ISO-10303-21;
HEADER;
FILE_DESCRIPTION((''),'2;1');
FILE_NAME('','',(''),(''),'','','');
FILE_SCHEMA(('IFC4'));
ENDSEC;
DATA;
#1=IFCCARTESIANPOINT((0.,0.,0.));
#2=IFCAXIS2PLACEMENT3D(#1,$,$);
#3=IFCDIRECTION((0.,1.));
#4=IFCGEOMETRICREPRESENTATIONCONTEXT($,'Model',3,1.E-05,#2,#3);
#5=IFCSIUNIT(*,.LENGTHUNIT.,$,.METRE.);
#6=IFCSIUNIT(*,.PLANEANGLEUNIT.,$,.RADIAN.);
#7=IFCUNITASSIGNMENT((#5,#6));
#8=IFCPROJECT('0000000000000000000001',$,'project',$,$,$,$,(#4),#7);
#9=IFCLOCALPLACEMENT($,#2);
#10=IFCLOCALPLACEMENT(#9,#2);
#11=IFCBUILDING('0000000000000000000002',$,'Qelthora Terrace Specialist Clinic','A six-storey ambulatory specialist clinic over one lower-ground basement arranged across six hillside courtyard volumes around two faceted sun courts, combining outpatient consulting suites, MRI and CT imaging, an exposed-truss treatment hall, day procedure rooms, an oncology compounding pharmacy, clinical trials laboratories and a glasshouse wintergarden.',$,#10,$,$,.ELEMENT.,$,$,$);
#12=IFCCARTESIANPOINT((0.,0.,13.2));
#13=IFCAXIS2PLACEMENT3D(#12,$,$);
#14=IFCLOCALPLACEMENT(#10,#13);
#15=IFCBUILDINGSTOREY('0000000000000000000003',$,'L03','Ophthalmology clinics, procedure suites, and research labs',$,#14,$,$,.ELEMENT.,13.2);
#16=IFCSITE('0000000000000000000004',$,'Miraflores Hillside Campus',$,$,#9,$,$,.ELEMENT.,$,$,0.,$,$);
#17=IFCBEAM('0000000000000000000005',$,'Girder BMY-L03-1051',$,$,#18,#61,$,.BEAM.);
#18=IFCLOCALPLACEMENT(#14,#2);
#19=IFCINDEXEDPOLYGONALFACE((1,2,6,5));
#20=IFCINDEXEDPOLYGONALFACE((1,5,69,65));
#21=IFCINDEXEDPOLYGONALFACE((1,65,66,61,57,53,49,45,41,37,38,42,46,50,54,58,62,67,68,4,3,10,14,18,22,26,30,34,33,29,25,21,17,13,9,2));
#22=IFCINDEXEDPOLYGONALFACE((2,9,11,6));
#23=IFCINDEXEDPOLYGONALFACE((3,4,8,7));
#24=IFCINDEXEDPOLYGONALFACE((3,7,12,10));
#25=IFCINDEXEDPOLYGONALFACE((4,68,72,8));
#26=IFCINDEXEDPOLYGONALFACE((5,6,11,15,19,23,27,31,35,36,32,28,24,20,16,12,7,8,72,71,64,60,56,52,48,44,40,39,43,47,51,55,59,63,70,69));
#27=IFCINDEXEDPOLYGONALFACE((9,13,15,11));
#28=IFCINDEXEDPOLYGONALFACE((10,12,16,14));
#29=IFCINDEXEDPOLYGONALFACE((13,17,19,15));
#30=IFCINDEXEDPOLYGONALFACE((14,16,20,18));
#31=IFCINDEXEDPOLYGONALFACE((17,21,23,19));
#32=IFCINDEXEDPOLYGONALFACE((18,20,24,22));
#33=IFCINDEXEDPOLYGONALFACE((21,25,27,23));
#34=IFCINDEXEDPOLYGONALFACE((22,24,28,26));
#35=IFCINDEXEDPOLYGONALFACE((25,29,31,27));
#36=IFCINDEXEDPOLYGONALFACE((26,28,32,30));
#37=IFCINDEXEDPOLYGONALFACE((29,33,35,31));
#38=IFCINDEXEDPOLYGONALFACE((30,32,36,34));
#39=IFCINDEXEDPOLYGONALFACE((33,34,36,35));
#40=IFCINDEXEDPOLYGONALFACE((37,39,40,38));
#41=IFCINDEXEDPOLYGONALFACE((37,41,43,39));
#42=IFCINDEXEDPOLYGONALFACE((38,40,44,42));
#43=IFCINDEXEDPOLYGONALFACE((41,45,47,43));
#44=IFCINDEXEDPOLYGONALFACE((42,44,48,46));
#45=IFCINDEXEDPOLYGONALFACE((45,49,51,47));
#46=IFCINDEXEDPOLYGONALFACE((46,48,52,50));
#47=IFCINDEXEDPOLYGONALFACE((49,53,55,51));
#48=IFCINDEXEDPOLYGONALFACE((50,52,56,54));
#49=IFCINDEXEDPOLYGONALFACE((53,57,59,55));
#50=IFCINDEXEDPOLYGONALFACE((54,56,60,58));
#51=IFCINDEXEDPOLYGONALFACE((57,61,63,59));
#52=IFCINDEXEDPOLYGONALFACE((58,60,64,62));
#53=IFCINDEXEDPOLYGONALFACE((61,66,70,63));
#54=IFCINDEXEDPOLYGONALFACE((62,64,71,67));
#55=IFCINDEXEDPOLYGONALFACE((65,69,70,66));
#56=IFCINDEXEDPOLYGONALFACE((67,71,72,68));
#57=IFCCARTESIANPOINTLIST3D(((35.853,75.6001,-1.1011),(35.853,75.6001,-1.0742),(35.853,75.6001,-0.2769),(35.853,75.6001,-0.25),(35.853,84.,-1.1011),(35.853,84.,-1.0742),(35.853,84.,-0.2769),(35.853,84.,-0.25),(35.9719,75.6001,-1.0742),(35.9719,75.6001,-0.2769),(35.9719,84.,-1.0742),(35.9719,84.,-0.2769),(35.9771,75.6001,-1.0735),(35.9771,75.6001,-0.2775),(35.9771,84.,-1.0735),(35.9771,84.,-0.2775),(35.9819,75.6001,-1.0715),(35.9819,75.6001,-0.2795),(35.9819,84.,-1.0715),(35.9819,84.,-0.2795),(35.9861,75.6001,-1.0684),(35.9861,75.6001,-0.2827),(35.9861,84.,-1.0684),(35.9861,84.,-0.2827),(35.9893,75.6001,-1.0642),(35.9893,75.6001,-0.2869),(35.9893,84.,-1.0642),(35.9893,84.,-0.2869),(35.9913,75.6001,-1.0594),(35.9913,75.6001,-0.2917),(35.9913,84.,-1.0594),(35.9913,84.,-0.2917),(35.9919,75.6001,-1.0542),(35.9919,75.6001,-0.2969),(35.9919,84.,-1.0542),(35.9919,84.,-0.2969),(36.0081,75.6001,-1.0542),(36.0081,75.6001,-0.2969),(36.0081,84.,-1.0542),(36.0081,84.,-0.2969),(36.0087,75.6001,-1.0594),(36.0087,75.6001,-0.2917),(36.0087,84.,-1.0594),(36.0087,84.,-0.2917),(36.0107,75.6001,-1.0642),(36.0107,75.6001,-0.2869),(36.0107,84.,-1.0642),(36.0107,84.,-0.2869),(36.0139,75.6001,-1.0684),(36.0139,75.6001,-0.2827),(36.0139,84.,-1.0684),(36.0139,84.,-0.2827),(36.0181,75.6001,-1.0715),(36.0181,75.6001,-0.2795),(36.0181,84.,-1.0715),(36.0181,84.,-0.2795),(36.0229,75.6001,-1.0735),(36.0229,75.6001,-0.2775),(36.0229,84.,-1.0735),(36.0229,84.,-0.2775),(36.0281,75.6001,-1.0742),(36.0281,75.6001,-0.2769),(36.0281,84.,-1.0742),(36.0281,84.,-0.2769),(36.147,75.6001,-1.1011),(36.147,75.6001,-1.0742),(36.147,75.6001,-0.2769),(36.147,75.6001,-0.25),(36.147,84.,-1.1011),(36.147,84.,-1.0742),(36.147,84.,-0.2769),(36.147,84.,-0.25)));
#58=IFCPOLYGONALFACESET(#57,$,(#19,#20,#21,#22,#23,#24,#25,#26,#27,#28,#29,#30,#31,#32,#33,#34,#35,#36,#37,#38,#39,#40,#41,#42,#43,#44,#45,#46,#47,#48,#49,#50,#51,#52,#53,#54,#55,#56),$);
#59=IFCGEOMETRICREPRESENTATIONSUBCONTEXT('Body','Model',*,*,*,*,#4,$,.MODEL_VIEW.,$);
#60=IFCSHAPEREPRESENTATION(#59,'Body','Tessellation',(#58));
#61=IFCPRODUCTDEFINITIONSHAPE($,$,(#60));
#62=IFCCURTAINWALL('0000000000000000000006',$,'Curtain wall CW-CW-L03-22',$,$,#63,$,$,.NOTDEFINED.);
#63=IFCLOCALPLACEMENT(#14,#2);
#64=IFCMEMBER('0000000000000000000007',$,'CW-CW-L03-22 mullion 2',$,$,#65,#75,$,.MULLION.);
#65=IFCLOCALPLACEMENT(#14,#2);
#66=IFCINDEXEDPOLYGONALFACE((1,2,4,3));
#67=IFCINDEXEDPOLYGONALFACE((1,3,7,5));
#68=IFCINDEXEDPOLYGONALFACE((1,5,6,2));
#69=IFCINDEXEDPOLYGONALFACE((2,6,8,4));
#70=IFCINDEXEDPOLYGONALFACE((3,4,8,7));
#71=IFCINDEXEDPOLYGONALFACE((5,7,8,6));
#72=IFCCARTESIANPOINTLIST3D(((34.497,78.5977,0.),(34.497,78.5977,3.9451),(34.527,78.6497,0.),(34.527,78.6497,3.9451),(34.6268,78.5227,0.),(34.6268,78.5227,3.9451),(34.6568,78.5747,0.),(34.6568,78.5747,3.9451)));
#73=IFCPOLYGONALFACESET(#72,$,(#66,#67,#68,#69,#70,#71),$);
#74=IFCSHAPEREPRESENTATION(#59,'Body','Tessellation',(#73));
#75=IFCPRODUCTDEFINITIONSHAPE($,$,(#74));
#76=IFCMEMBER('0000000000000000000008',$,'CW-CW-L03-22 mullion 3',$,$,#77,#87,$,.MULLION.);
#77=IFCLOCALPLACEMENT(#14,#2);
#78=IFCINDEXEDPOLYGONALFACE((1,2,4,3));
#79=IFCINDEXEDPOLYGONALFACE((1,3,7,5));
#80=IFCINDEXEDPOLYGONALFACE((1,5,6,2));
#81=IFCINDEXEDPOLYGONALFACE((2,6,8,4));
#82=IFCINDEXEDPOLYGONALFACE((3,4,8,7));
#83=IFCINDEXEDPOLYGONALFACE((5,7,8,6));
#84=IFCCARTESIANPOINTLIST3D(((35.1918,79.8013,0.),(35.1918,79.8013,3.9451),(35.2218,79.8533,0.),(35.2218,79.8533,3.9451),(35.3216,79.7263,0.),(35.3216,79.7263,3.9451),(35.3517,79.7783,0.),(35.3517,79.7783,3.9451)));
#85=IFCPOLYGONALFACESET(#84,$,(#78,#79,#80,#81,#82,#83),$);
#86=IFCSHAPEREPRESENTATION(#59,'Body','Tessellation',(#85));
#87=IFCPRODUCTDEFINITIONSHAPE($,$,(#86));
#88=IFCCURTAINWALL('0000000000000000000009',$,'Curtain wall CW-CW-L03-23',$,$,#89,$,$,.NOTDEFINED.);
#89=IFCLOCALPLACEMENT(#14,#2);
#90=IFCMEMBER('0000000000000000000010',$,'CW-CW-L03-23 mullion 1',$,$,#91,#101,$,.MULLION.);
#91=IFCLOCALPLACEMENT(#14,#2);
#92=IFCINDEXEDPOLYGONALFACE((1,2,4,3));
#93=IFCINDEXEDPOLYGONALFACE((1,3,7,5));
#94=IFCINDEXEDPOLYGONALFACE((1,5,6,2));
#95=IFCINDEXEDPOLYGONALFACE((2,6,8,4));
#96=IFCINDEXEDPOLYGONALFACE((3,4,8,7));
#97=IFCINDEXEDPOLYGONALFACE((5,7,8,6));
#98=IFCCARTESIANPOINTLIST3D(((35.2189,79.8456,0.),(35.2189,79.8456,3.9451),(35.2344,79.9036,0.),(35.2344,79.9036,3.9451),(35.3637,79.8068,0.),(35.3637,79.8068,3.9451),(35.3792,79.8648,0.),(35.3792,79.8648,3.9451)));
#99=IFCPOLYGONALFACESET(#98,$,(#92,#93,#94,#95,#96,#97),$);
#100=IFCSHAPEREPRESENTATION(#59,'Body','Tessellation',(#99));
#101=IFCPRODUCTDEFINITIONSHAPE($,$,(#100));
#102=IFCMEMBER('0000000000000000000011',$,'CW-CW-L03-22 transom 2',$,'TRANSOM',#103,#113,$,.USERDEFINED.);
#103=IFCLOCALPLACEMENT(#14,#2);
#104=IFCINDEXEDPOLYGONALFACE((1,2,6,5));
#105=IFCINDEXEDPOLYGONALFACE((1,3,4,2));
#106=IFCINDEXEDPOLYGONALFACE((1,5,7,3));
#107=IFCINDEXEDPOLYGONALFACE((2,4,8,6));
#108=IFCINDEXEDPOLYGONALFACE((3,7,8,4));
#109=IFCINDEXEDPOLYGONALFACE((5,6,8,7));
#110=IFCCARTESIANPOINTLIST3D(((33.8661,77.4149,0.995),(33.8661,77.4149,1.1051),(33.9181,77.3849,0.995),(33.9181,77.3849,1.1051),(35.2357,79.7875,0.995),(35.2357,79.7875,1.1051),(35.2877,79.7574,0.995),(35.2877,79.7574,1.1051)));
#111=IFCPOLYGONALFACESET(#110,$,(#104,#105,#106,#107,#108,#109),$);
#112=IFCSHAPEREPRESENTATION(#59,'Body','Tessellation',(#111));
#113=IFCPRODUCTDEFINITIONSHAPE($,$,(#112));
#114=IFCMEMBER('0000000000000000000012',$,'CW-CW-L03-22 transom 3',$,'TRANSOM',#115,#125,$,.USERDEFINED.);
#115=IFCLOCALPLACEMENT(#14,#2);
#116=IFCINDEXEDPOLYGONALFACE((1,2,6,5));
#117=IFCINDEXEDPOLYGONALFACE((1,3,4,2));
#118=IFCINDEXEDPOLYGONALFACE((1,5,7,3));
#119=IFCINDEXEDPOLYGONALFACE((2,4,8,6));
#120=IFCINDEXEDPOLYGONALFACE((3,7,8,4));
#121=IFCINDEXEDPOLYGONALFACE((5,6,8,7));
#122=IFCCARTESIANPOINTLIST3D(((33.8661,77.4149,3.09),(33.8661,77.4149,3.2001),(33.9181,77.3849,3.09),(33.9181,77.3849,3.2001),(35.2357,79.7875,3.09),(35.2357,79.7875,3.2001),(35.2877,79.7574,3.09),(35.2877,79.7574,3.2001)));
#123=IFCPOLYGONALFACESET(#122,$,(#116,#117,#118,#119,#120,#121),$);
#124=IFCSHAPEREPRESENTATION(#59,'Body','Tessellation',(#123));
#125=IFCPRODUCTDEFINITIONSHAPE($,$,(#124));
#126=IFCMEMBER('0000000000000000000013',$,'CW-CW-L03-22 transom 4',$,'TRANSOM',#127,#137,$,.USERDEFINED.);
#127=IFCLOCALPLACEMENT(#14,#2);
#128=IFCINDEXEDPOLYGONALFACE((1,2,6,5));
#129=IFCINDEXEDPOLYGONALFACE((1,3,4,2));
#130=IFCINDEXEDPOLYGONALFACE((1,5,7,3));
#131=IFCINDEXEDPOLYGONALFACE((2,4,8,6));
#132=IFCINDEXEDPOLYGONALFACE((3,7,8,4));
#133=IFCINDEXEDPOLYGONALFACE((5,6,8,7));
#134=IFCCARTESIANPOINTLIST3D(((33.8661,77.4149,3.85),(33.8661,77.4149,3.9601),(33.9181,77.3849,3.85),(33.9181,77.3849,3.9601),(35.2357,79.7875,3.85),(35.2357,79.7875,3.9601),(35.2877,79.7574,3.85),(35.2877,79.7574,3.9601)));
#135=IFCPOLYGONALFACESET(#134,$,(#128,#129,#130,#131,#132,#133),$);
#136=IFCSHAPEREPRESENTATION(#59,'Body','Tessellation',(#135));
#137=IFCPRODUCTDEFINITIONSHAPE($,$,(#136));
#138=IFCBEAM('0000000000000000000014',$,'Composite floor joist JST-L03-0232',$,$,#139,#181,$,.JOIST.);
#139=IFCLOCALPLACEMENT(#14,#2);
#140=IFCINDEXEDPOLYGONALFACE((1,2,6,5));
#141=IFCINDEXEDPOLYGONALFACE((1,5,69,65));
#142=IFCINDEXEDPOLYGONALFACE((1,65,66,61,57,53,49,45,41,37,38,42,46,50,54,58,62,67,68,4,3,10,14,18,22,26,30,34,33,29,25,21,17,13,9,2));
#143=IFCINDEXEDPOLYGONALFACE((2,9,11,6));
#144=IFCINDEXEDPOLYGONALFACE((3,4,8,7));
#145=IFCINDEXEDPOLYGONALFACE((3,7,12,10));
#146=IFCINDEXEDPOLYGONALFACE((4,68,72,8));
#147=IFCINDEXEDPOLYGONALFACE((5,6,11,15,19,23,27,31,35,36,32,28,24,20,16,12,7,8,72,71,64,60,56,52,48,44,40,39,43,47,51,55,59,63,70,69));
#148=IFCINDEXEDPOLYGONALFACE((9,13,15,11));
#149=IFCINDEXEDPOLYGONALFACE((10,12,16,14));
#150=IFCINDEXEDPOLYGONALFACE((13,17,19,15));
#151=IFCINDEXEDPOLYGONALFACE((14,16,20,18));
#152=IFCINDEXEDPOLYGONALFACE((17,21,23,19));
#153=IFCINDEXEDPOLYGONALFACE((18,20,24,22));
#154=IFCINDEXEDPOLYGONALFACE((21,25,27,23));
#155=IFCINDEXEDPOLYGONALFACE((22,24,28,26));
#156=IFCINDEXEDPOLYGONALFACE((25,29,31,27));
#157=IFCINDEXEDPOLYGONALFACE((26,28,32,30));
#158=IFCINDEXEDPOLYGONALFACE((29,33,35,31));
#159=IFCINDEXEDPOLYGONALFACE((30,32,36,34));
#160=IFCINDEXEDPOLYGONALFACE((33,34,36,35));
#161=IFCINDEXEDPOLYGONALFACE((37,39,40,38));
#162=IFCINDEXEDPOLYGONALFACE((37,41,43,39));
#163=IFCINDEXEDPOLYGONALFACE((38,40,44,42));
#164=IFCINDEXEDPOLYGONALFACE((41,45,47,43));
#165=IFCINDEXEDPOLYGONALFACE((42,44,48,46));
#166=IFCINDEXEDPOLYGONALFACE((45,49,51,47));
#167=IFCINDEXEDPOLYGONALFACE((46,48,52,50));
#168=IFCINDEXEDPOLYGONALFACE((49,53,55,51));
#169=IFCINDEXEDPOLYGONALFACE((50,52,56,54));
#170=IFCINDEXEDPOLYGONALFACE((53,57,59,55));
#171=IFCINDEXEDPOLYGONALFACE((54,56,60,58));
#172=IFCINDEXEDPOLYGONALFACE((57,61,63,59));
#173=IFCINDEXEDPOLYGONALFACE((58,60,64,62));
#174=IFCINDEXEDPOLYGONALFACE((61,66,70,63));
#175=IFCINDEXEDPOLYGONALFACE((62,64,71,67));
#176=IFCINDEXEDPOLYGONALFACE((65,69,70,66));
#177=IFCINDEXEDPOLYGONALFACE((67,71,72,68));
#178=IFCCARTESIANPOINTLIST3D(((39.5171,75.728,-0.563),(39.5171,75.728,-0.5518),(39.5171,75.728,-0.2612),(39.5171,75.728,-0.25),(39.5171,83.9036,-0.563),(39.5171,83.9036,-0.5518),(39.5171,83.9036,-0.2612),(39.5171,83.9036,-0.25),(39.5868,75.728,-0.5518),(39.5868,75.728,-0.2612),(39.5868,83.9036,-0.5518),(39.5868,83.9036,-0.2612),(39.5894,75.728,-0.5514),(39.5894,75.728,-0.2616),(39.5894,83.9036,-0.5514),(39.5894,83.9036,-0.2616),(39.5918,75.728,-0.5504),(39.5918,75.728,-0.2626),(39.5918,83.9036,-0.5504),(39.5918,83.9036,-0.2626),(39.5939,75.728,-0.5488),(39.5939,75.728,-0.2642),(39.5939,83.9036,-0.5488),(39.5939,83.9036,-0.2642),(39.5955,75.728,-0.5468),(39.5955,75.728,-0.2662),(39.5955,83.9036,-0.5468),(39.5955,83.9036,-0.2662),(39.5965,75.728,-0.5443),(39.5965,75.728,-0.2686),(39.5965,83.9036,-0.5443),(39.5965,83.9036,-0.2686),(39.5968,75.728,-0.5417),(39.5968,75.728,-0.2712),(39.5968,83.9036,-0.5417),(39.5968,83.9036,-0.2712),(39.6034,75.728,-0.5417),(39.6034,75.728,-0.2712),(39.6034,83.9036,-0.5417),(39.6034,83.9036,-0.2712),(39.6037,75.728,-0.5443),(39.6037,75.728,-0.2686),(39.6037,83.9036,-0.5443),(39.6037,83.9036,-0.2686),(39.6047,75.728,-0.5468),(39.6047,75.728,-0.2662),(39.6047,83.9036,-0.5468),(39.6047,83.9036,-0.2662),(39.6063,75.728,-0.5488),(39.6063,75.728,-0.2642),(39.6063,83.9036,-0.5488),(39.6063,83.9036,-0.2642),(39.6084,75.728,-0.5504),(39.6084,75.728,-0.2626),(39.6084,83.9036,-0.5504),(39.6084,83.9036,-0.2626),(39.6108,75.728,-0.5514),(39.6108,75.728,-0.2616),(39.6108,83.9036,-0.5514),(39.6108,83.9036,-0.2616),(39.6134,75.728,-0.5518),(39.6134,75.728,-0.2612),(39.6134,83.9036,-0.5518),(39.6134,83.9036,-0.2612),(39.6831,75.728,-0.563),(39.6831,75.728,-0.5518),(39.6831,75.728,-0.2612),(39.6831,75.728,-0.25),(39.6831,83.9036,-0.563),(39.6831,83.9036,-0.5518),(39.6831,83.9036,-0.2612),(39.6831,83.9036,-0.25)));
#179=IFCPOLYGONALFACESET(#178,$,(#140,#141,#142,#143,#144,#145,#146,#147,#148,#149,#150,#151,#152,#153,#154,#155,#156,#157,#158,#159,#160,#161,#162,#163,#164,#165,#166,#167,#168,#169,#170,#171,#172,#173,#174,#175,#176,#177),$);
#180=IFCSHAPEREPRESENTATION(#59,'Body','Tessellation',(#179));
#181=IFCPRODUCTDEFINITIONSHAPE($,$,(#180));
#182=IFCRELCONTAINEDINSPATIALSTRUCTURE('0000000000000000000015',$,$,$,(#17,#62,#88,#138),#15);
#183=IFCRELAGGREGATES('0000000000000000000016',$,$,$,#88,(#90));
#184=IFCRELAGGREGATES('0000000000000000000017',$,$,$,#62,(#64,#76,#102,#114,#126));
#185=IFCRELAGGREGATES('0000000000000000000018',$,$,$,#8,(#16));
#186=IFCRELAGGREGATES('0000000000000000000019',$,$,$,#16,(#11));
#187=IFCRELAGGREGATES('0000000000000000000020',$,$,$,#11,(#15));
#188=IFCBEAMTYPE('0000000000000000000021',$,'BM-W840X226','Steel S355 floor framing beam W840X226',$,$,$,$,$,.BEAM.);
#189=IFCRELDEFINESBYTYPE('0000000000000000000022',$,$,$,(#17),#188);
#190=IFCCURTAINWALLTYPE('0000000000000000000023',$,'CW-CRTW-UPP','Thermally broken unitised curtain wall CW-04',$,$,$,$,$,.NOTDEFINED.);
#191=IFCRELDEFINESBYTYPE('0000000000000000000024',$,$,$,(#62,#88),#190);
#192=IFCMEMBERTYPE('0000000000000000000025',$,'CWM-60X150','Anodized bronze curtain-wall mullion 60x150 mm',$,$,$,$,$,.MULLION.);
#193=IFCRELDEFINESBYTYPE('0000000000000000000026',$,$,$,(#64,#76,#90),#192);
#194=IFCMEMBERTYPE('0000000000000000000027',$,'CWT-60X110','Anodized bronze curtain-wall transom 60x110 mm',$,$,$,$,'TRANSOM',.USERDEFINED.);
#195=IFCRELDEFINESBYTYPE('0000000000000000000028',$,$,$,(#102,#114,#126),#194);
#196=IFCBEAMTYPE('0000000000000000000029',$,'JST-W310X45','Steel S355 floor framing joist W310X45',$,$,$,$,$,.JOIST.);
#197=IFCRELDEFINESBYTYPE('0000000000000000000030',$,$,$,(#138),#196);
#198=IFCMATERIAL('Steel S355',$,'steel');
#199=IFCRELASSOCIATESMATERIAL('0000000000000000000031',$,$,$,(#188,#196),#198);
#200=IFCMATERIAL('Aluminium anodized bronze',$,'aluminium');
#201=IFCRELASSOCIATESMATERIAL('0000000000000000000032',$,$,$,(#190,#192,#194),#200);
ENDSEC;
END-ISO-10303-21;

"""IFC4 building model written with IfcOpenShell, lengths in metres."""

from ifc_helpers import new_model, si_unit, direction, frame, origin, origin_2d, place, context, subcontext, project, spatial, rectangle, i_section, extrude, material, material_profile, profile_set, type_object, element, aggregate, save


model = new_model("IFC4")

# Units and contexts
model_context = context("Model", 3, precision=1e-05, world=origin(), true_north=direction((0.0, 1.0)))
body_context = subcontext(model_context, "Body", "Model", "MODEL_VIEW")
ifc_project = project(units=[si_unit("LENGTHUNIT", "METRE"), si_unit("PLANEANGLEUNIT", "RADIAN")], contexts=[model_context])

# Site, building, storey
site_placement = place(None, origin())
site = spatial("IfcSite", under=ifc_project, at=site_placement, Name="Miraflores Hillside Campus", CompositionType="ELEMENT", RefElevation=0.0)
building_placement = place(site_placement, origin())
building = spatial("IfcBuilding", under=site, at=building_placement, Name="Qelthora Terrace Specialist Clinic", Description="A six-storey ambulatory specialist clinic over one lower-ground basement arranged across six hillside courtyard volumes around two faceted sun courts, combining outpatient consulting suites, MRI and CT imaging, an exposed-truss treatment hall, day procedure rooms, an oncology compounding pharmacy, clinical trials laboratories and a glasshouse wintergarden.", CompositionType="ELEMENT")
storey_placement = place(building_placement, frame((0.0, 0.0, 13.2)))
storey = spatial("IfcBuildingStorey", under=building, at=storey_placement, Name="L03", Description="Ophthalmology clinics, procedure suites, and research labs", CompositionType="ELEMENT", Elevation=13.2)

# Shared definitions
ifc_material_1 = material(Name="Steel S355", Category="steel")

# Beam
ifc_material_profile_1 = material_profile(ifc_material_1, i_section(OverallWidth=0.2939, OverallDepth=0.8511, WebThickness=0.0161, FlangeThickness=0.0269, FilletRadius=0.02, at=origin_2d()), Name="W840X226")
ifc_profile_set_1 = profile_set([ifc_material_profile_1], Name="Steel S355")
beam_type_1 = type_object("IfcBeamType", Name="BM-W840X226", Description="Steel S355 floor framing beam W840X226", PredefinedType="BEAM", material=ifc_profile_set_1)
beam_1_placement = place(storey_placement, frame((36.0, 75.6001, -0.6755), z_axis=(0.0, 1.0, 0.0), x_axis=(-1.0, 0.0, 0.0)))
element("IfcBeam", 1, at=beam_1_placement, inside=storey, type_object=beam_type_1, Name="Girder BMY-L03-1051", PredefinedType="BEAM", context=body_context, shape_type="SweptSolid", body=[
    extrude(i_section(OverallWidth=0.2939, OverallDepth=0.8511, WebThickness=0.0161, FlangeThickness=0.0269, FilletRadius=0.02, at=origin_2d()), origin(), (0.0, 0.0, 1.0), 8.3999),
])

# Curtain wall, members
ifc_material_2 = material(Name="Aluminium anodized bronze", Category="aluminium")
curtain_wall_type = type_object("IfcCurtainWallType", Name="CW-CRTW-UPP", Description="Thermally broken unitised curtain wall CW-04", PredefinedType="NOTDEFINED", material=ifc_material_2)
curtain_wall_1_placement = place(storey_placement, origin())
curtain_wall_1 = element("IfcCurtainWall", 2, at=curtain_wall_1_placement, inside=storey, type_object=curtain_wall_type, Name="Curtain wall CW-CW-L03-22", PredefinedType="NOTDEFINED")
ifc_material_profile_2 = material_profile(ifc_material_2, rectangle(XDim=0.0601, YDim=0.1499, at=origin_2d()), Name="CWM60X150")
ifc_profile_set_2 = profile_set([ifc_material_profile_2], Name="Aluminium anodized bronze")
member_type_1 = type_object("IfcMemberType", Name="CWM-60X150", Description="Anodized bronze curtain-wall mullion 60x150 mm", PredefinedType="MULLION", material=ifc_profile_set_2)
member_1_placement = place(storey_placement, frame((34.5769, 78.5862, 0.0), z_axis=(0.0, 0.0, 1.0), x_axis=(0.5, 0.866026, 0.0)))
member_1 = element("IfcMember", 3, at=member_1_placement, type_object=member_type_1, Name="CW-CW-L03-22 mullion 2", PredefinedType="MULLION", context=body_context, shape_type="SweptSolid", body=[
    extrude(rectangle(XDim=0.0601, YDim=0.1499, at=origin_2d()), origin(), (0.0, 0.0, 1.0), 3.9451),
])
member_2_placement = place(storey_placement, frame((35.2717, 79.7898, 0.0), z_axis=(0.0, 0.0, 1.0), x_axis=(0.5, 0.866026, 0.0)))
member_2 = element("IfcMember", 4, at=member_2_placement, type_object=member_type_1, Name="CW-CW-L03-22 mullion 3", PredefinedType="MULLION", context=body_context, shape_type="SweptSolid", body=[
    extrude(rectangle(XDim=0.0601, YDim=0.1499, at=origin_2d()), origin(), (0.0, 0.0, 1.0), 3.9451),
])

# Curtain wall, member
curtain_wall_2_placement = place(storey_placement, origin())
curtain_wall_2 = element("IfcCurtainWall", 5, at=curtain_wall_2_placement, inside=storey, type_object=curtain_wall_type, Name="Curtain wall CW-CW-L03-23", PredefinedType="NOTDEFINED")
member_3_placement = place(storey_placement, frame((35.2991, 79.8552, 0.0), z_axis=(0.0, 0.0, 1.0), x_axis=(0.25882, 0.965925, 0.0)))
member_3 = element("IfcMember", 6, at=member_3_placement, type_object=member_type_1, Name="CW-CW-L03-23 mullion 1", PredefinedType="MULLION", context=body_context, shape_type="SweptSolid", body=[
    extrude(rectangle(XDim=0.0601, YDim=0.1499, at=origin_2d()), origin(), (0.0, 0.0, 1.0), 3.9451),
])
aggregate(curtain_wall_2, [member_3])

# Members
ifc_material_profile_3 = material_profile(ifc_material_2, rectangle(XDim=0.0601, YDim=0.1101, at=origin_2d()), Name="CWT60X110")
ifc_profile_set_3 = profile_set([ifc_material_profile_3], Name="Aluminium anodized bronze")
member_type_2 = type_object("IfcMemberType", Name="CWT-60X110", Description="Anodized bronze curtain-wall transom 60x110 mm", ElementType="TRANSOM", PredefinedType="USERDEFINED", material=ifc_profile_set_3)
member_4_placement = place(storey_placement, frame((33.8921, 77.3999, 1.05), z_axis=(0.499954, 0.866052, 0.0), x_axis=(-0.866052, 0.499954, 0.0)))
member_4 = element("IfcMember", 7, at=member_4_placement, type_object=member_type_2, Name="CW-CW-L03-22 transom 2", ObjectType="TRANSOM", PredefinedType="USERDEFINED", context=body_context, shape_type="SweptSolid", body=[
    extrude(rectangle(XDim=0.0601, YDim=0.1101, at=origin_2d()), origin(), (0.0, 0.0, 1.0), 2.7395),
])
member_5_placement = place(storey_placement, frame((33.8921, 77.3999, 3.145), z_axis=(0.499954, 0.866052, 0.0), x_axis=(-0.866052, 0.499954, 0.0)))
member_5 = element("IfcMember", 8, at=member_5_placement, type_object=member_type_2, Name="CW-CW-L03-22 transom 3", ObjectType="TRANSOM", PredefinedType="USERDEFINED", context=body_context, shape_type="SweptSolid", body=[
    extrude(rectangle(XDim=0.0601, YDim=0.1101, at=origin_2d()), origin(), (0.0, 0.0, 1.0), 2.7395),
])
member_6_placement = place(storey_placement, frame((33.8921, 77.3999, 3.905), z_axis=(0.499954, 0.866052, 0.0), x_axis=(-0.866052, 0.499954, 0.0)))
member_6 = element("IfcMember", 9, at=member_6_placement, type_object=member_type_2, Name="CW-CW-L03-22 transom 4", ObjectType="TRANSOM", PredefinedType="USERDEFINED", context=body_context, shape_type="SweptSolid", body=[
    extrude(rectangle(XDim=0.0601, YDim=0.1101, at=origin_2d()), origin(), (0.0, 0.0, 1.0), 2.7395),
])

# Beam
ifc_material_profile_4 = material_profile(ifc_material_1, i_section(OverallWidth=0.166, OverallDepth=0.313, WebThickness=0.0066, FlangeThickness=0.0112, FilletRadius=0.01, at=origin_2d()), Name="W310X45")
ifc_profile_set_4 = profile_set([ifc_material_profile_4], Name="Steel S355")
beam_type_2 = type_object("IfcBeamType", Name="JST-W310X45", Description="Steel S355 floor framing joist W310X45", PredefinedType="JOIST", material=ifc_profile_set_4)
beam_2_placement = place(storey_placement, frame((39.6001, 75.728, -0.4065), z_axis=(0.0, 1.0, 0.0), x_axis=(-1.0, 0.0, 0.0)))
element("IfcBeam", 10, at=beam_2_placement, inside=storey, type_object=beam_type_2, Name="Composite floor joist JST-L03-0232", PredefinedType="JOIST", context=body_context, shape_type="SweptSolid", body=[
    extrude(i_section(OverallWidth=0.166, OverallDepth=0.313, WebThickness=0.0066, FlangeThickness=0.0112, FilletRadius=0.01, at=origin_2d()), origin(), (0.0, 0.0, 1.0), 8.1755),
])

aggregate(curtain_wall_1, [member_1, member_2, member_4, member_5, member_6])

save(model, "model.ifc")
